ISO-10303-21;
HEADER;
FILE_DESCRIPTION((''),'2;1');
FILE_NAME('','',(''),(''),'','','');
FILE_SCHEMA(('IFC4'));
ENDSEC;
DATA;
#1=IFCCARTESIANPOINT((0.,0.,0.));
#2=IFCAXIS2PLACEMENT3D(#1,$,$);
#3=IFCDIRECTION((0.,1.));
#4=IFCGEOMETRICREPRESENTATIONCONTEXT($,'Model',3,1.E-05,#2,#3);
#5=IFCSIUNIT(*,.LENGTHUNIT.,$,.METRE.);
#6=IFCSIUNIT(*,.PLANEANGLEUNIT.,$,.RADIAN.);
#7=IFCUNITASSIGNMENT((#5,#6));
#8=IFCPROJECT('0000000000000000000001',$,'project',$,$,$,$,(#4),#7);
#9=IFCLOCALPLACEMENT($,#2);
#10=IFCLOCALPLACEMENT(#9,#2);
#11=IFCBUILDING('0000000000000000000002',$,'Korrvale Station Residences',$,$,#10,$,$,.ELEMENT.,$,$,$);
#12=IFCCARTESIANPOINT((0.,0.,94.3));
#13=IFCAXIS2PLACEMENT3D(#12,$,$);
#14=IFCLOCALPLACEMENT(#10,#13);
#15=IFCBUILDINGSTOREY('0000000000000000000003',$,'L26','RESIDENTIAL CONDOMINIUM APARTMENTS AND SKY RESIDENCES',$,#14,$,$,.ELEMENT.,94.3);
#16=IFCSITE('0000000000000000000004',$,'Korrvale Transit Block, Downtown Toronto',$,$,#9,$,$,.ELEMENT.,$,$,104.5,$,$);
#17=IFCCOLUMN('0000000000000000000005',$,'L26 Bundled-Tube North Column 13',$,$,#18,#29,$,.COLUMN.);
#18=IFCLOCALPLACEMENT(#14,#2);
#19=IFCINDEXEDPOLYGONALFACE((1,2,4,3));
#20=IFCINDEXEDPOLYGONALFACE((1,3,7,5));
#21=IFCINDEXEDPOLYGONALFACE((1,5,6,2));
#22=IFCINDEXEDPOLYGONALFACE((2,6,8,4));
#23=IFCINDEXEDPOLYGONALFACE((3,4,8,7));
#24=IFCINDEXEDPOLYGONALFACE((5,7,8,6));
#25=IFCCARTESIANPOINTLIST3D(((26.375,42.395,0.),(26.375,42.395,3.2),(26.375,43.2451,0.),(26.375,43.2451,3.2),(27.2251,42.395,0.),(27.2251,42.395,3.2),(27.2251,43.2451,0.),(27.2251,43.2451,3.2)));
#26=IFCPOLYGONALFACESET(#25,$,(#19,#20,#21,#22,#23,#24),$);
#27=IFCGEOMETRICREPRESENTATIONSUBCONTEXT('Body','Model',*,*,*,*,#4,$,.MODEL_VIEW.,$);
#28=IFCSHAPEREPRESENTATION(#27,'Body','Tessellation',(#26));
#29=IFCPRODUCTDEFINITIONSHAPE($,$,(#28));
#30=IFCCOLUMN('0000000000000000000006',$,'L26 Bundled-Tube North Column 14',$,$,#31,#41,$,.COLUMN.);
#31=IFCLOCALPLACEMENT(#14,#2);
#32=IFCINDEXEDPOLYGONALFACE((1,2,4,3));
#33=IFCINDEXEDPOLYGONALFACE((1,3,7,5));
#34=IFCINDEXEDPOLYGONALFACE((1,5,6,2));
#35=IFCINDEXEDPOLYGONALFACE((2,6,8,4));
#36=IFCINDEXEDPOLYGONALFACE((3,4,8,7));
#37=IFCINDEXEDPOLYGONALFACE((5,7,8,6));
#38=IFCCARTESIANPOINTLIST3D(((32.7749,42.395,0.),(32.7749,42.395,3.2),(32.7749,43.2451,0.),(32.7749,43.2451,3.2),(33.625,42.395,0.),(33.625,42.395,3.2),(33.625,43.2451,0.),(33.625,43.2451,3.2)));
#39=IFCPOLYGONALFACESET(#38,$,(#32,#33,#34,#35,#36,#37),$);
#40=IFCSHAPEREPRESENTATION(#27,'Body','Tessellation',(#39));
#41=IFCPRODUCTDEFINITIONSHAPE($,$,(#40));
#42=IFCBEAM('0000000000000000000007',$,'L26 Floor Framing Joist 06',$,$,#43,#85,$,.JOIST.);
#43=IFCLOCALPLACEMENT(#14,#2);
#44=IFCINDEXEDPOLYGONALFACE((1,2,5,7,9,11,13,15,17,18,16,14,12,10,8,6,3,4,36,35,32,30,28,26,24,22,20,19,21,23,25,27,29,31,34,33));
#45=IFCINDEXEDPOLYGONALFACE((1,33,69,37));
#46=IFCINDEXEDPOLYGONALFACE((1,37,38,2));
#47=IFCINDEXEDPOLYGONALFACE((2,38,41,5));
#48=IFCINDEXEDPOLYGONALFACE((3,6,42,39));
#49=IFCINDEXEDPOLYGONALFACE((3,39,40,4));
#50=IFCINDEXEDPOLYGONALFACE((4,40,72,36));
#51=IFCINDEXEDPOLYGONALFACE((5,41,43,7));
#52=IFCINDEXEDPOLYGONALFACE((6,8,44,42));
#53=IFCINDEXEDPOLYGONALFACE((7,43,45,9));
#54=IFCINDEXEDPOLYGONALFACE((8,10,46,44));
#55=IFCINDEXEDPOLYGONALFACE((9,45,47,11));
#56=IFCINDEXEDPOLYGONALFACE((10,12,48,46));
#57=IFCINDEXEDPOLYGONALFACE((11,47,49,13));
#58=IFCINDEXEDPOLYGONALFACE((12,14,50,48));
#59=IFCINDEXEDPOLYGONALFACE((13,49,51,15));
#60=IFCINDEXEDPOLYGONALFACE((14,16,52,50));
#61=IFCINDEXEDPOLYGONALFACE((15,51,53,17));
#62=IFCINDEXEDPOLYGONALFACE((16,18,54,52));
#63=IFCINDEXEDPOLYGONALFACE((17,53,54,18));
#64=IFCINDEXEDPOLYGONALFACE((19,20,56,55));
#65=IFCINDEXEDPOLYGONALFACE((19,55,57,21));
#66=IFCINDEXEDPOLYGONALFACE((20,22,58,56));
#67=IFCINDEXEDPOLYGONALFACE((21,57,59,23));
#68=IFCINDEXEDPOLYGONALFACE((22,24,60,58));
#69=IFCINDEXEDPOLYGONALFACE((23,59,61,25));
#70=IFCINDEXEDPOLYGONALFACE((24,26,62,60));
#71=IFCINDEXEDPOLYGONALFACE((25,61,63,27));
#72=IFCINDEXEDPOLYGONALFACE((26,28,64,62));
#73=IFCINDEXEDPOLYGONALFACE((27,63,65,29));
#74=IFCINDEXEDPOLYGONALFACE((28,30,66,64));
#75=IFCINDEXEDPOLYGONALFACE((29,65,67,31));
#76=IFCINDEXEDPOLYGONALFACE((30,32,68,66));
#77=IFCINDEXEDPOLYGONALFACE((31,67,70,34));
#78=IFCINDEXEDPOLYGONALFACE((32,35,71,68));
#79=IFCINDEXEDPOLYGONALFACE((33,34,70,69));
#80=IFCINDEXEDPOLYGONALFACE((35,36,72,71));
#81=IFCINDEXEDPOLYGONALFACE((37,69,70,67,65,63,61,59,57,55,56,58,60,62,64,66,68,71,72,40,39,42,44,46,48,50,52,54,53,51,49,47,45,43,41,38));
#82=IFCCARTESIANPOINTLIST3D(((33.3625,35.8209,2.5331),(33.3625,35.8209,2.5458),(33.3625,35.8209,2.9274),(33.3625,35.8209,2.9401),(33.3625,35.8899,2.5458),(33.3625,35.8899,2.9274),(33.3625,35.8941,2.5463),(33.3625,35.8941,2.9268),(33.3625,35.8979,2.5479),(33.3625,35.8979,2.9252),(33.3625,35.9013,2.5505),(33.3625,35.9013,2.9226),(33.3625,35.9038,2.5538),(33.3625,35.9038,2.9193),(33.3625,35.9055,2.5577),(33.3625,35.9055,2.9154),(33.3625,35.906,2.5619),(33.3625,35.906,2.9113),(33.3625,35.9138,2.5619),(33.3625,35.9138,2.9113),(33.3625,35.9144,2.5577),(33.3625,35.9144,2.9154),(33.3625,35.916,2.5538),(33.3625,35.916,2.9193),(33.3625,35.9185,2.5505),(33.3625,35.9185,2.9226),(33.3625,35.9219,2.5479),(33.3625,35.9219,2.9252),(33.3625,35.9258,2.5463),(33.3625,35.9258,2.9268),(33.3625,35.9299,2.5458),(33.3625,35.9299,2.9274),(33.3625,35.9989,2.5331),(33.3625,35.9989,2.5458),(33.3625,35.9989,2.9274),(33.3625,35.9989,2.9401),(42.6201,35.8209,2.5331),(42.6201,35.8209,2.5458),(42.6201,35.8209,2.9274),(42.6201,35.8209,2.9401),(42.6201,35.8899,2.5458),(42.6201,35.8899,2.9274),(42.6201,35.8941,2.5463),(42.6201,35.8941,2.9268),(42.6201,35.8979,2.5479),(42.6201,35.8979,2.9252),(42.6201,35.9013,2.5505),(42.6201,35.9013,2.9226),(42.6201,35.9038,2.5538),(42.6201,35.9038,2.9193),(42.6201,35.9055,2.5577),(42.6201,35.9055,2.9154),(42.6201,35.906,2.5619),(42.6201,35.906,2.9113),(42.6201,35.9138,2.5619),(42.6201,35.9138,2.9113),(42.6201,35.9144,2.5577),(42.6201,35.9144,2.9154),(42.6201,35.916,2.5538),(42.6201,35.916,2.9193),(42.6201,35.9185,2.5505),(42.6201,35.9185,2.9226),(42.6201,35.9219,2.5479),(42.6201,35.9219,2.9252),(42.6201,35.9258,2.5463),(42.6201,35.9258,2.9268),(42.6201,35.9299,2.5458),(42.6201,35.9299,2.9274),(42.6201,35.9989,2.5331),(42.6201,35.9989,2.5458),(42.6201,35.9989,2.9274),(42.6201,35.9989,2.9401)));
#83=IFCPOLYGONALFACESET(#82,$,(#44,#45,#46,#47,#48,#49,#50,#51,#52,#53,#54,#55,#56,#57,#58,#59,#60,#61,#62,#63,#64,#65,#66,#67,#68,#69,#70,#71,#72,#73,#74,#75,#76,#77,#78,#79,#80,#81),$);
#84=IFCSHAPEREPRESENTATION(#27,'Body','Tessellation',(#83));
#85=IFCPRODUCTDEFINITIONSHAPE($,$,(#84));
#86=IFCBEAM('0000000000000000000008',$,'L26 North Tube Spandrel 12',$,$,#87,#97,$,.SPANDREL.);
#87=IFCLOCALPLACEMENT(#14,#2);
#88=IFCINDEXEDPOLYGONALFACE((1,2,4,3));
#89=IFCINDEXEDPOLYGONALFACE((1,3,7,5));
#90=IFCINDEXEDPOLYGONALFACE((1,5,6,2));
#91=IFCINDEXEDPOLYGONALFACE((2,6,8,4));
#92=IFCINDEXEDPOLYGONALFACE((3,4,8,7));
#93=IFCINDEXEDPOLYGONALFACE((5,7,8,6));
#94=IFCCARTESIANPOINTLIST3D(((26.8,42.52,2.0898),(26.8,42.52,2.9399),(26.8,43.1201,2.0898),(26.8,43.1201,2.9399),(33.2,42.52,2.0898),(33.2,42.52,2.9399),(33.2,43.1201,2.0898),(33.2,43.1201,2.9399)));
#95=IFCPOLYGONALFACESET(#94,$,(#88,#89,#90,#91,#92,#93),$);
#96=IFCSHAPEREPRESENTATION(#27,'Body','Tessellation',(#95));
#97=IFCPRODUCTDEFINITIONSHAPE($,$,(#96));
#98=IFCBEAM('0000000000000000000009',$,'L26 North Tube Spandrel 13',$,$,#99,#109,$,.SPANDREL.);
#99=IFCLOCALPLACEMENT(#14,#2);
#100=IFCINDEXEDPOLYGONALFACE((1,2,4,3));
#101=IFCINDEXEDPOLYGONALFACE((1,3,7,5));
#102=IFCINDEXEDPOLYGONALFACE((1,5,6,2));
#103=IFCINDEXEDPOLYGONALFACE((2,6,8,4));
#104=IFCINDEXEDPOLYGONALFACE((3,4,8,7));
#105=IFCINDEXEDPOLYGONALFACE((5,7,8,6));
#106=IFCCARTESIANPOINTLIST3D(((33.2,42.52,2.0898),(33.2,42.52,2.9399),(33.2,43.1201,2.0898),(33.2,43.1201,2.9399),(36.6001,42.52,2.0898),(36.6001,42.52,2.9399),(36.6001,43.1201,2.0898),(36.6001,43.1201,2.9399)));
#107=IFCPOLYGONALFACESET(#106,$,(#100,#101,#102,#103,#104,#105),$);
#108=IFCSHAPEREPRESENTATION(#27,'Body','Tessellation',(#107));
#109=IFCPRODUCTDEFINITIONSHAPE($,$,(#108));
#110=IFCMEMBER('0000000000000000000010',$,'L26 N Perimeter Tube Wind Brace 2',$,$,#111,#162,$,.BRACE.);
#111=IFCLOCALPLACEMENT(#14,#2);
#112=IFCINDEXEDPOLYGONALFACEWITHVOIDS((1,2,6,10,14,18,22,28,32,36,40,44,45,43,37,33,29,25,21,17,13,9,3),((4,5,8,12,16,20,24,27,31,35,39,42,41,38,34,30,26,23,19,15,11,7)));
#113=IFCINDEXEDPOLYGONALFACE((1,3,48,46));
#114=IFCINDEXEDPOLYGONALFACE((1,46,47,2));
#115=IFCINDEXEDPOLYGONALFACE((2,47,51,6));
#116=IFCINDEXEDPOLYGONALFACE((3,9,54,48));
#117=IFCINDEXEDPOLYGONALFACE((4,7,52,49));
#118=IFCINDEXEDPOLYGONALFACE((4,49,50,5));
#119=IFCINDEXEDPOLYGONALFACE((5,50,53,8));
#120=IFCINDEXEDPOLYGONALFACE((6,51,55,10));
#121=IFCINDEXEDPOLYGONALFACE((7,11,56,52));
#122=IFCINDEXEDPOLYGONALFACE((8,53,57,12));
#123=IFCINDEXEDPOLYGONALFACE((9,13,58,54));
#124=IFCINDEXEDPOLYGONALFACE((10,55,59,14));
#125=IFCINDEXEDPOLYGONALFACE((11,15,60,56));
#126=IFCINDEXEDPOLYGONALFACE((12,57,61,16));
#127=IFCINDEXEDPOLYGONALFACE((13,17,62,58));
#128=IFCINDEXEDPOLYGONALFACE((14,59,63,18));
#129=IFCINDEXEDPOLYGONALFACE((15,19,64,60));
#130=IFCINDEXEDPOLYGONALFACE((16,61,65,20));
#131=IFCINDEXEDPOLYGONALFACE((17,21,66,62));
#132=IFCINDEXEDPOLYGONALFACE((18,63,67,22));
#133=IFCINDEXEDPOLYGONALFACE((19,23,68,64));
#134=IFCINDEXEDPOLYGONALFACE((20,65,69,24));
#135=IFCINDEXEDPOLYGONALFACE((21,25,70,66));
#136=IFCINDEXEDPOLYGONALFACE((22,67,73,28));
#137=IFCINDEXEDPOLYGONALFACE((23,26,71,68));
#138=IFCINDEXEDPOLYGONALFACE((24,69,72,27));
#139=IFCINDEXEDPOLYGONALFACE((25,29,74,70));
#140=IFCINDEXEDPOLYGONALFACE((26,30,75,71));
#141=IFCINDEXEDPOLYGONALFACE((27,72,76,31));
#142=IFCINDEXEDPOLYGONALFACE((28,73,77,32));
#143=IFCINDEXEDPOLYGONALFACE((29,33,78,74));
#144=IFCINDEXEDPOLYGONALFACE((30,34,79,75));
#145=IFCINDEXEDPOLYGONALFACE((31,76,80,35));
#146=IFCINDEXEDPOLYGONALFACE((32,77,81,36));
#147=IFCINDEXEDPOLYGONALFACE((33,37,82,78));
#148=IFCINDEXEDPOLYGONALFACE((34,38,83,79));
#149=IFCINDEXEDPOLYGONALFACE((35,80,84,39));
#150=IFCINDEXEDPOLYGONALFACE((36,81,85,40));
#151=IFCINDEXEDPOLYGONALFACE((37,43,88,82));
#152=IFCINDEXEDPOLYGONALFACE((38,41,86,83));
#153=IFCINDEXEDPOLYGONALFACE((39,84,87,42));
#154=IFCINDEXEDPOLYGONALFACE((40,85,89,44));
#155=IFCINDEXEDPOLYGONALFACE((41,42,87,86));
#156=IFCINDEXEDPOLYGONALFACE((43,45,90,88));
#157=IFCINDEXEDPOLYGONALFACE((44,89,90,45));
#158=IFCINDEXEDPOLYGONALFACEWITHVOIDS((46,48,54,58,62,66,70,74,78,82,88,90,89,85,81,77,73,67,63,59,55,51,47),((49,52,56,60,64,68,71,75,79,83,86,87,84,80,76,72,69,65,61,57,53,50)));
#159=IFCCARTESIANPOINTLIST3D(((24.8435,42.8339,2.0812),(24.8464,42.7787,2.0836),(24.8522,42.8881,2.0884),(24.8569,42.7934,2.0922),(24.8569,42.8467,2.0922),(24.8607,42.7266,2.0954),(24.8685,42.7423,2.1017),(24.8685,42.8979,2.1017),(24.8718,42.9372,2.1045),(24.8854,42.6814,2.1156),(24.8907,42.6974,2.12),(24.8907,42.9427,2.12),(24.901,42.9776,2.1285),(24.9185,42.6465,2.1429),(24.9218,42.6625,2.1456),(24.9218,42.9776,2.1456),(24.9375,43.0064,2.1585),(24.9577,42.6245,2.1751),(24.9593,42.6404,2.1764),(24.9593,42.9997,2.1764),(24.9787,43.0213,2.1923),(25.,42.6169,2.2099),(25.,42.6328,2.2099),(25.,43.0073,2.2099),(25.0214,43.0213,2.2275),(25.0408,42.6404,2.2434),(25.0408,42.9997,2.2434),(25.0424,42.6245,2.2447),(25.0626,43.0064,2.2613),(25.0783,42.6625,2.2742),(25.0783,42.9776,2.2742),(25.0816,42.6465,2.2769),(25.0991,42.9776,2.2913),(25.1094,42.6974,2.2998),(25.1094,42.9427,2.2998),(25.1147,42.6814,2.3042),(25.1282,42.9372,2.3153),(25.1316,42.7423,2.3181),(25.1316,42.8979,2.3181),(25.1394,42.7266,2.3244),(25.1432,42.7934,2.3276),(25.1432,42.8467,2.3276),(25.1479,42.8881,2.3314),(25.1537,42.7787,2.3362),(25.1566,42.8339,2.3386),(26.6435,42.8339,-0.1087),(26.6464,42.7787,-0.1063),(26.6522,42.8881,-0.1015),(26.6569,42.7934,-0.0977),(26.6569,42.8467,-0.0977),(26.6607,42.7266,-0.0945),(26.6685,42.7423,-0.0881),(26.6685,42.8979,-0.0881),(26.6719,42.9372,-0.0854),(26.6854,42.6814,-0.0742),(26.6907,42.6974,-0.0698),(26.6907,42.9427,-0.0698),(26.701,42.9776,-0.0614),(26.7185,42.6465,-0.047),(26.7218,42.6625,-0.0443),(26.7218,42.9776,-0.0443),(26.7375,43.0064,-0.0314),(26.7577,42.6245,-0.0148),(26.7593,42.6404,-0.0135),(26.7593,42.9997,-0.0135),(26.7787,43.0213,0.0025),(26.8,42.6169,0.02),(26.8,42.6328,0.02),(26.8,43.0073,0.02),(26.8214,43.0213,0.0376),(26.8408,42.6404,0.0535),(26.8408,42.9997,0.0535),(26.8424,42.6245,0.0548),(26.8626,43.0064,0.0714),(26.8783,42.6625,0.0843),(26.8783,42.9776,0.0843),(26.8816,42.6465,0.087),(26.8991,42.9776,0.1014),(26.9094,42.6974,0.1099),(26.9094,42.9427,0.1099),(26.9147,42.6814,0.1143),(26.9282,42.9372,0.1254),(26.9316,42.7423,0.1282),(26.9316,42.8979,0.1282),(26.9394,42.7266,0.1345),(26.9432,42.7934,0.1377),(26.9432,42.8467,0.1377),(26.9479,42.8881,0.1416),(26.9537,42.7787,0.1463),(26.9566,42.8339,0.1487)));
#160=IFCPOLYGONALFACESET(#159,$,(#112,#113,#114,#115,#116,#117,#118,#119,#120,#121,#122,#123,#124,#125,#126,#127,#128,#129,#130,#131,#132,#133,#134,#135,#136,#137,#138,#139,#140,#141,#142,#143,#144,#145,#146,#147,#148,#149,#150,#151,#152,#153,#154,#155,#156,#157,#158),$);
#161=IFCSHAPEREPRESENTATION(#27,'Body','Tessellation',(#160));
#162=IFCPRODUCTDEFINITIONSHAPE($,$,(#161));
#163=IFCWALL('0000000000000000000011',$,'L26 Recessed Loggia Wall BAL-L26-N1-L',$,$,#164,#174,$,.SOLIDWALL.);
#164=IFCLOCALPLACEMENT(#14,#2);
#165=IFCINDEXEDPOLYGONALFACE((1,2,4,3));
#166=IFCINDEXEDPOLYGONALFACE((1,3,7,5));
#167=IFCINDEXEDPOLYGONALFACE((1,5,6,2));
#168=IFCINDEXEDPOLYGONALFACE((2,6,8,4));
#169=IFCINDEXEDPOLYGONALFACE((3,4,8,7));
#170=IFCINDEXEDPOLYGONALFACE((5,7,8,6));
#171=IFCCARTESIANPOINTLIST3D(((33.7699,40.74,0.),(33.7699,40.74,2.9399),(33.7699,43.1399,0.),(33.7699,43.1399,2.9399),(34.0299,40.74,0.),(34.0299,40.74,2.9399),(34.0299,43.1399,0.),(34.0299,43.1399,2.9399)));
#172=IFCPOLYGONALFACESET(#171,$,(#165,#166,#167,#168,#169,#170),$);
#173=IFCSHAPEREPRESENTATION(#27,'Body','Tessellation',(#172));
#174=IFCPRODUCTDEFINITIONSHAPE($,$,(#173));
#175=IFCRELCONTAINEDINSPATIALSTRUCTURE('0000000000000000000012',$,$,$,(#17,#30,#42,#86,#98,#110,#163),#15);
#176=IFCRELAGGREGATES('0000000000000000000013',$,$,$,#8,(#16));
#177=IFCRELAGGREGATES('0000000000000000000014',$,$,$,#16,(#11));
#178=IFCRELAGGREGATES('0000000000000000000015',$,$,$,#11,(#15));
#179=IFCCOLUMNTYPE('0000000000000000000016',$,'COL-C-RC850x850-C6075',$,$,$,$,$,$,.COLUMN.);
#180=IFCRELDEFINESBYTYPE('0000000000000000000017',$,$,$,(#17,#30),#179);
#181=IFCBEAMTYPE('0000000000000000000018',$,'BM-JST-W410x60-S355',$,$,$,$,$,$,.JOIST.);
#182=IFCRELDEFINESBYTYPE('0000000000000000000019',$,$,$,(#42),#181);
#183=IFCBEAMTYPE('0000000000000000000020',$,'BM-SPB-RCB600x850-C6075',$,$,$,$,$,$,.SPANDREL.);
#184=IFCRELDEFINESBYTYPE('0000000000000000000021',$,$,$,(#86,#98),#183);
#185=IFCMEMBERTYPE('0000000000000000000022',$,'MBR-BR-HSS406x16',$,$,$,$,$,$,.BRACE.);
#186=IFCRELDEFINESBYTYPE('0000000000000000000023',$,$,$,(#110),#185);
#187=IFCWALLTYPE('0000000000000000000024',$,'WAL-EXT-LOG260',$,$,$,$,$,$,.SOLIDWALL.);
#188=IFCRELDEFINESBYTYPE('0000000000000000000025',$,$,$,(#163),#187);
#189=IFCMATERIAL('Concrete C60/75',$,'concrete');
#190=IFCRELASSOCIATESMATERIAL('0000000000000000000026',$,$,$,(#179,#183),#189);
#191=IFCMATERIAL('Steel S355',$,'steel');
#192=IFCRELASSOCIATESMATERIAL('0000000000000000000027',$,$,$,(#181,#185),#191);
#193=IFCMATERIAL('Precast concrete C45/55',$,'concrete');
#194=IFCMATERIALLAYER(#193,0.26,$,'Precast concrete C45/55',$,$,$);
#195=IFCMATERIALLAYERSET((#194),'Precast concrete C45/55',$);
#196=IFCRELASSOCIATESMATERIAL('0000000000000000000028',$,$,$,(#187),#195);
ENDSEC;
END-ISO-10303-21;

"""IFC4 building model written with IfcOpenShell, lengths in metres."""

from ifc_helpers import new_model, si_unit, direction, frame, frame_2d, origin, origin_2d, place, context, subcontext, project, spatial, rectangle, hollow_circle, i_section, extrude, material, layer, layer_set, material_profile, profile_set, type_object, element, save


model = new_model("IFC4")

# Units and contexts
model_context = context("Model", 3, precision=1e-05, world=origin(), true_north=direction((0.0, 1.0)))
body_context = subcontext(model_context, "Body", "Model", "MODEL_VIEW")
ifc_project = project(units=[si_unit("LENGTHUNIT", "METRE"), si_unit("PLANEANGLEUNIT", "RADIAN")], contexts=[model_context])

# Site, building, storey
site_placement = place(None, origin())
site = spatial("IfcSite", under=ifc_project, at=site_placement, Name="Korrvale Transit Block, Downtown Toronto", CompositionType="ELEMENT", RefElevation=104.5)
building_placement = place(site_placement, origin())
building = spatial("IfcBuilding", under=site, at=building_placement, Name="Korrvale Station Residences", CompositionType="ELEMENT")
storey_placement = place(building_placement, frame((0.0, 0.0, 94.3)))
storey = spatial("IfcBuildingStorey", under=building, at=storey_placement, Name="L26", Description="RESIDENTIAL CONDOMINIUM APARTMENTS AND SKY RESIDENCES", CompositionType="ELEMENT", Elevation=94.3)

# Columns
ifc_material_1 = material(Name="Concrete C60/75", Category="concrete")
ifc_material_profile_1 = material_profile(ifc_material_1, rectangle(XDim=0.8501, YDim=0.8501, at=origin_2d()), Name="RC850x850")
ifc_profile_set_1 = profile_set([ifc_material_profile_1], Name="Concrete C60/75")
column_type = type_object("IfcColumnType", Name="COL-C-RC850x850-C6075", PredefinedType="COLUMN", material=ifc_profile_set_1)
for number, where, z_axis, x_axis, name in (
    (1, (26.8, 42.8201, 0.0), (0.0, 0.0, 1.0), (1.0, 0.0, 0.0), "L26 Bundled-Tube North Column 13"),
    (2, (33.2, 42.8201, 0.0), (0.0, 0.0, 1.0), (1.0, 0.0, 0.0), "L26 Bundled-Tube North Column 14"),
):
    element("IfcColumn", number, at=place(storey_placement, frame(where, z_axis=z_axis, x_axis=x_axis)), inside=storey, type_object=column_type, Name=name, PredefinedType="COLUMN", context=body_context, shape_type="SweptSolid", body=[
        extrude(rectangle(XDim=0.8501, YDim=0.8501, at=origin_2d()), origin(), (0.0, 0.0, 1.0), 3.2),
    ])

# Beams
ifc_material_2 = material(Name="Steel S355", Category="steel")
ifc_material_profile_2 = material_profile(ifc_material_2, i_section(OverallWidth=0.178, OverallDepth=0.407, WebThickness=0.0078, FlangeThickness=0.0127, FilletRadius=0.0161, at=origin_2d()), Name="W410x60")
ifc_profile_set_2 = profile_set([ifc_material_profile_2], Name="Steel S355")
beam_type_1 = type_object("IfcBeamType", Name="BM-JST-W410x60-S355", PredefinedType="JOIST", material=ifc_profile_set_2)
beam_1_placement = place(storey_placement, frame((33.3625, 35.9099, 2.7366), z_axis=(1.0, 0.0, 0.0), x_axis=(0.0, 1.0, 0.0)))
element("IfcBeam", 3, at=beam_1_placement, inside=storey, type_object=beam_type_1, Name="L26 Floor Framing Joist 06", PredefinedType="JOIST", context=body_context, shape_type="SweptSolid", body=[
    extrude(i_section(OverallWidth=0.178, OverallDepth=0.407, WebThickness=0.0078, FlangeThickness=0.0127, FilletRadius=0.0161, at=origin_2d()), origin(), (0.0, 0.0, 1.0), 9.2576),
])
ifc_material_profile_3 = material_profile(ifc_material_1, rectangle(XDim=0.6001, YDim=0.8501, at=origin_2d()), Name="RCB600x850")
ifc_profile_set_3 = profile_set([ifc_material_profile_3], Name="Concrete C60/75")
beam_type_2 = type_object("IfcBeamType", Name="BM-SPB-RCB600x850-C6075", PredefinedType="SPANDREL", material=ifc_profile_set_3)
beam_2_placement = place(storey_placement, frame((26.8, 42.8201, 2.5149), z_axis=(1.0, 0.0, 0.0), x_axis=(0.0, 1.0, 0.0)))
element("IfcBeam", 4, at=beam_2_placement, inside=storey, type_object=beam_type_2, Name="L26 North Tube Spandrel 12", PredefinedType="SPANDREL", context=body_context, shape_type="SweptSolid", body=[
    extrude(rectangle(XDim=0.6001, YDim=0.8501, at=origin_2d()), origin(), (0.0, 0.0, 1.0), 6.3999),
])
beam_3_placement = place(storey_placement, frame((33.2, 42.8201, 2.5149), z_axis=(1.0, 0.0, 0.0), x_axis=(0.0, 1.0, 0.0)))
element("IfcBeam", 5, at=beam_3_placement, inside=storey, type_object=beam_type_2, Name="L26 North Tube Spandrel 13", PredefinedType="SPANDREL", context=body_context, shape_type="SweptSolid", body=[
    extrude(rectangle(XDim=0.6001, YDim=0.8501, at=origin_2d()), origin(), (0.0, 0.0, 1.0), 3.4001),
])

# Member
ifc_material_profile_4 = material_profile(ifc_material_2, hollow_circle(Radius=0.2031, WallThickness=0.0159, at=origin_2d()), Name="HSS406x16")
ifc_profile_set_4 = profile_set([ifc_material_profile_4], Name="Steel S355")
member_type = type_object("IfcMemberType", Name="MBR-BR-HSS406x16", PredefinedType="BRACE", material=ifc_profile_set_4)
member_placement = place(storey_placement, frame((26.8, 42.8201, 0.02), z_axis=(-0.634985, 0.0, 0.772524), x_axis=(0.0, -1.0, 0.0)))
element("IfcMember", 6, at=member_placement, inside=storey, type_object=member_type, Name="L26 N Perimeter Tube Wind Brace 2", PredefinedType="BRACE", context=body_context, shape_type="SweptSolid", body=[
    extrude(hollow_circle(Radius=0.2031, WallThickness=0.0159, at=origin_2d()), origin(), (0.0, 0.0, 1.0), 2.8347),
])

# Wall
ifc_material_3 = material(Name="Precast concrete C45/55", Category="concrete")
ifc_layer_1 = layer(ifc_material_3, 0.26, Name="Precast concrete C45/55")
ifc_layer_set_1 = layer_set([ifc_layer_1], Name="Precast concrete C45/55")
wall_type_1 = type_object("IfcWallType", Name="WAL-EXT-LOG260", PredefinedType="SOLIDWALL", material=ifc_layer_set_1)
wall_1_placement = place(storey_placement, frame((33.8999, 43.1399, 0.0), z_axis=(0.0, 0.0, 1.0), x_axis=(0.0, -1.0, 0.0)))
element("IfcWall", 7, at=wall_1_placement, inside=storey, type_object=wall_type_1, Name="L26 Recessed Loggia Wall BAL-L26-N1-L", PredefinedType="SOLIDWALL", context=body_context, shape_type="SweptSolid", body=[
    extrude(rectangle(XDim=2.3999, YDim=0.26, at=frame_2d((1.2, 0.0))), origin(), (0.0, 0.0, 1.0), 2.9399),
])

save(model, "model.ifc")
